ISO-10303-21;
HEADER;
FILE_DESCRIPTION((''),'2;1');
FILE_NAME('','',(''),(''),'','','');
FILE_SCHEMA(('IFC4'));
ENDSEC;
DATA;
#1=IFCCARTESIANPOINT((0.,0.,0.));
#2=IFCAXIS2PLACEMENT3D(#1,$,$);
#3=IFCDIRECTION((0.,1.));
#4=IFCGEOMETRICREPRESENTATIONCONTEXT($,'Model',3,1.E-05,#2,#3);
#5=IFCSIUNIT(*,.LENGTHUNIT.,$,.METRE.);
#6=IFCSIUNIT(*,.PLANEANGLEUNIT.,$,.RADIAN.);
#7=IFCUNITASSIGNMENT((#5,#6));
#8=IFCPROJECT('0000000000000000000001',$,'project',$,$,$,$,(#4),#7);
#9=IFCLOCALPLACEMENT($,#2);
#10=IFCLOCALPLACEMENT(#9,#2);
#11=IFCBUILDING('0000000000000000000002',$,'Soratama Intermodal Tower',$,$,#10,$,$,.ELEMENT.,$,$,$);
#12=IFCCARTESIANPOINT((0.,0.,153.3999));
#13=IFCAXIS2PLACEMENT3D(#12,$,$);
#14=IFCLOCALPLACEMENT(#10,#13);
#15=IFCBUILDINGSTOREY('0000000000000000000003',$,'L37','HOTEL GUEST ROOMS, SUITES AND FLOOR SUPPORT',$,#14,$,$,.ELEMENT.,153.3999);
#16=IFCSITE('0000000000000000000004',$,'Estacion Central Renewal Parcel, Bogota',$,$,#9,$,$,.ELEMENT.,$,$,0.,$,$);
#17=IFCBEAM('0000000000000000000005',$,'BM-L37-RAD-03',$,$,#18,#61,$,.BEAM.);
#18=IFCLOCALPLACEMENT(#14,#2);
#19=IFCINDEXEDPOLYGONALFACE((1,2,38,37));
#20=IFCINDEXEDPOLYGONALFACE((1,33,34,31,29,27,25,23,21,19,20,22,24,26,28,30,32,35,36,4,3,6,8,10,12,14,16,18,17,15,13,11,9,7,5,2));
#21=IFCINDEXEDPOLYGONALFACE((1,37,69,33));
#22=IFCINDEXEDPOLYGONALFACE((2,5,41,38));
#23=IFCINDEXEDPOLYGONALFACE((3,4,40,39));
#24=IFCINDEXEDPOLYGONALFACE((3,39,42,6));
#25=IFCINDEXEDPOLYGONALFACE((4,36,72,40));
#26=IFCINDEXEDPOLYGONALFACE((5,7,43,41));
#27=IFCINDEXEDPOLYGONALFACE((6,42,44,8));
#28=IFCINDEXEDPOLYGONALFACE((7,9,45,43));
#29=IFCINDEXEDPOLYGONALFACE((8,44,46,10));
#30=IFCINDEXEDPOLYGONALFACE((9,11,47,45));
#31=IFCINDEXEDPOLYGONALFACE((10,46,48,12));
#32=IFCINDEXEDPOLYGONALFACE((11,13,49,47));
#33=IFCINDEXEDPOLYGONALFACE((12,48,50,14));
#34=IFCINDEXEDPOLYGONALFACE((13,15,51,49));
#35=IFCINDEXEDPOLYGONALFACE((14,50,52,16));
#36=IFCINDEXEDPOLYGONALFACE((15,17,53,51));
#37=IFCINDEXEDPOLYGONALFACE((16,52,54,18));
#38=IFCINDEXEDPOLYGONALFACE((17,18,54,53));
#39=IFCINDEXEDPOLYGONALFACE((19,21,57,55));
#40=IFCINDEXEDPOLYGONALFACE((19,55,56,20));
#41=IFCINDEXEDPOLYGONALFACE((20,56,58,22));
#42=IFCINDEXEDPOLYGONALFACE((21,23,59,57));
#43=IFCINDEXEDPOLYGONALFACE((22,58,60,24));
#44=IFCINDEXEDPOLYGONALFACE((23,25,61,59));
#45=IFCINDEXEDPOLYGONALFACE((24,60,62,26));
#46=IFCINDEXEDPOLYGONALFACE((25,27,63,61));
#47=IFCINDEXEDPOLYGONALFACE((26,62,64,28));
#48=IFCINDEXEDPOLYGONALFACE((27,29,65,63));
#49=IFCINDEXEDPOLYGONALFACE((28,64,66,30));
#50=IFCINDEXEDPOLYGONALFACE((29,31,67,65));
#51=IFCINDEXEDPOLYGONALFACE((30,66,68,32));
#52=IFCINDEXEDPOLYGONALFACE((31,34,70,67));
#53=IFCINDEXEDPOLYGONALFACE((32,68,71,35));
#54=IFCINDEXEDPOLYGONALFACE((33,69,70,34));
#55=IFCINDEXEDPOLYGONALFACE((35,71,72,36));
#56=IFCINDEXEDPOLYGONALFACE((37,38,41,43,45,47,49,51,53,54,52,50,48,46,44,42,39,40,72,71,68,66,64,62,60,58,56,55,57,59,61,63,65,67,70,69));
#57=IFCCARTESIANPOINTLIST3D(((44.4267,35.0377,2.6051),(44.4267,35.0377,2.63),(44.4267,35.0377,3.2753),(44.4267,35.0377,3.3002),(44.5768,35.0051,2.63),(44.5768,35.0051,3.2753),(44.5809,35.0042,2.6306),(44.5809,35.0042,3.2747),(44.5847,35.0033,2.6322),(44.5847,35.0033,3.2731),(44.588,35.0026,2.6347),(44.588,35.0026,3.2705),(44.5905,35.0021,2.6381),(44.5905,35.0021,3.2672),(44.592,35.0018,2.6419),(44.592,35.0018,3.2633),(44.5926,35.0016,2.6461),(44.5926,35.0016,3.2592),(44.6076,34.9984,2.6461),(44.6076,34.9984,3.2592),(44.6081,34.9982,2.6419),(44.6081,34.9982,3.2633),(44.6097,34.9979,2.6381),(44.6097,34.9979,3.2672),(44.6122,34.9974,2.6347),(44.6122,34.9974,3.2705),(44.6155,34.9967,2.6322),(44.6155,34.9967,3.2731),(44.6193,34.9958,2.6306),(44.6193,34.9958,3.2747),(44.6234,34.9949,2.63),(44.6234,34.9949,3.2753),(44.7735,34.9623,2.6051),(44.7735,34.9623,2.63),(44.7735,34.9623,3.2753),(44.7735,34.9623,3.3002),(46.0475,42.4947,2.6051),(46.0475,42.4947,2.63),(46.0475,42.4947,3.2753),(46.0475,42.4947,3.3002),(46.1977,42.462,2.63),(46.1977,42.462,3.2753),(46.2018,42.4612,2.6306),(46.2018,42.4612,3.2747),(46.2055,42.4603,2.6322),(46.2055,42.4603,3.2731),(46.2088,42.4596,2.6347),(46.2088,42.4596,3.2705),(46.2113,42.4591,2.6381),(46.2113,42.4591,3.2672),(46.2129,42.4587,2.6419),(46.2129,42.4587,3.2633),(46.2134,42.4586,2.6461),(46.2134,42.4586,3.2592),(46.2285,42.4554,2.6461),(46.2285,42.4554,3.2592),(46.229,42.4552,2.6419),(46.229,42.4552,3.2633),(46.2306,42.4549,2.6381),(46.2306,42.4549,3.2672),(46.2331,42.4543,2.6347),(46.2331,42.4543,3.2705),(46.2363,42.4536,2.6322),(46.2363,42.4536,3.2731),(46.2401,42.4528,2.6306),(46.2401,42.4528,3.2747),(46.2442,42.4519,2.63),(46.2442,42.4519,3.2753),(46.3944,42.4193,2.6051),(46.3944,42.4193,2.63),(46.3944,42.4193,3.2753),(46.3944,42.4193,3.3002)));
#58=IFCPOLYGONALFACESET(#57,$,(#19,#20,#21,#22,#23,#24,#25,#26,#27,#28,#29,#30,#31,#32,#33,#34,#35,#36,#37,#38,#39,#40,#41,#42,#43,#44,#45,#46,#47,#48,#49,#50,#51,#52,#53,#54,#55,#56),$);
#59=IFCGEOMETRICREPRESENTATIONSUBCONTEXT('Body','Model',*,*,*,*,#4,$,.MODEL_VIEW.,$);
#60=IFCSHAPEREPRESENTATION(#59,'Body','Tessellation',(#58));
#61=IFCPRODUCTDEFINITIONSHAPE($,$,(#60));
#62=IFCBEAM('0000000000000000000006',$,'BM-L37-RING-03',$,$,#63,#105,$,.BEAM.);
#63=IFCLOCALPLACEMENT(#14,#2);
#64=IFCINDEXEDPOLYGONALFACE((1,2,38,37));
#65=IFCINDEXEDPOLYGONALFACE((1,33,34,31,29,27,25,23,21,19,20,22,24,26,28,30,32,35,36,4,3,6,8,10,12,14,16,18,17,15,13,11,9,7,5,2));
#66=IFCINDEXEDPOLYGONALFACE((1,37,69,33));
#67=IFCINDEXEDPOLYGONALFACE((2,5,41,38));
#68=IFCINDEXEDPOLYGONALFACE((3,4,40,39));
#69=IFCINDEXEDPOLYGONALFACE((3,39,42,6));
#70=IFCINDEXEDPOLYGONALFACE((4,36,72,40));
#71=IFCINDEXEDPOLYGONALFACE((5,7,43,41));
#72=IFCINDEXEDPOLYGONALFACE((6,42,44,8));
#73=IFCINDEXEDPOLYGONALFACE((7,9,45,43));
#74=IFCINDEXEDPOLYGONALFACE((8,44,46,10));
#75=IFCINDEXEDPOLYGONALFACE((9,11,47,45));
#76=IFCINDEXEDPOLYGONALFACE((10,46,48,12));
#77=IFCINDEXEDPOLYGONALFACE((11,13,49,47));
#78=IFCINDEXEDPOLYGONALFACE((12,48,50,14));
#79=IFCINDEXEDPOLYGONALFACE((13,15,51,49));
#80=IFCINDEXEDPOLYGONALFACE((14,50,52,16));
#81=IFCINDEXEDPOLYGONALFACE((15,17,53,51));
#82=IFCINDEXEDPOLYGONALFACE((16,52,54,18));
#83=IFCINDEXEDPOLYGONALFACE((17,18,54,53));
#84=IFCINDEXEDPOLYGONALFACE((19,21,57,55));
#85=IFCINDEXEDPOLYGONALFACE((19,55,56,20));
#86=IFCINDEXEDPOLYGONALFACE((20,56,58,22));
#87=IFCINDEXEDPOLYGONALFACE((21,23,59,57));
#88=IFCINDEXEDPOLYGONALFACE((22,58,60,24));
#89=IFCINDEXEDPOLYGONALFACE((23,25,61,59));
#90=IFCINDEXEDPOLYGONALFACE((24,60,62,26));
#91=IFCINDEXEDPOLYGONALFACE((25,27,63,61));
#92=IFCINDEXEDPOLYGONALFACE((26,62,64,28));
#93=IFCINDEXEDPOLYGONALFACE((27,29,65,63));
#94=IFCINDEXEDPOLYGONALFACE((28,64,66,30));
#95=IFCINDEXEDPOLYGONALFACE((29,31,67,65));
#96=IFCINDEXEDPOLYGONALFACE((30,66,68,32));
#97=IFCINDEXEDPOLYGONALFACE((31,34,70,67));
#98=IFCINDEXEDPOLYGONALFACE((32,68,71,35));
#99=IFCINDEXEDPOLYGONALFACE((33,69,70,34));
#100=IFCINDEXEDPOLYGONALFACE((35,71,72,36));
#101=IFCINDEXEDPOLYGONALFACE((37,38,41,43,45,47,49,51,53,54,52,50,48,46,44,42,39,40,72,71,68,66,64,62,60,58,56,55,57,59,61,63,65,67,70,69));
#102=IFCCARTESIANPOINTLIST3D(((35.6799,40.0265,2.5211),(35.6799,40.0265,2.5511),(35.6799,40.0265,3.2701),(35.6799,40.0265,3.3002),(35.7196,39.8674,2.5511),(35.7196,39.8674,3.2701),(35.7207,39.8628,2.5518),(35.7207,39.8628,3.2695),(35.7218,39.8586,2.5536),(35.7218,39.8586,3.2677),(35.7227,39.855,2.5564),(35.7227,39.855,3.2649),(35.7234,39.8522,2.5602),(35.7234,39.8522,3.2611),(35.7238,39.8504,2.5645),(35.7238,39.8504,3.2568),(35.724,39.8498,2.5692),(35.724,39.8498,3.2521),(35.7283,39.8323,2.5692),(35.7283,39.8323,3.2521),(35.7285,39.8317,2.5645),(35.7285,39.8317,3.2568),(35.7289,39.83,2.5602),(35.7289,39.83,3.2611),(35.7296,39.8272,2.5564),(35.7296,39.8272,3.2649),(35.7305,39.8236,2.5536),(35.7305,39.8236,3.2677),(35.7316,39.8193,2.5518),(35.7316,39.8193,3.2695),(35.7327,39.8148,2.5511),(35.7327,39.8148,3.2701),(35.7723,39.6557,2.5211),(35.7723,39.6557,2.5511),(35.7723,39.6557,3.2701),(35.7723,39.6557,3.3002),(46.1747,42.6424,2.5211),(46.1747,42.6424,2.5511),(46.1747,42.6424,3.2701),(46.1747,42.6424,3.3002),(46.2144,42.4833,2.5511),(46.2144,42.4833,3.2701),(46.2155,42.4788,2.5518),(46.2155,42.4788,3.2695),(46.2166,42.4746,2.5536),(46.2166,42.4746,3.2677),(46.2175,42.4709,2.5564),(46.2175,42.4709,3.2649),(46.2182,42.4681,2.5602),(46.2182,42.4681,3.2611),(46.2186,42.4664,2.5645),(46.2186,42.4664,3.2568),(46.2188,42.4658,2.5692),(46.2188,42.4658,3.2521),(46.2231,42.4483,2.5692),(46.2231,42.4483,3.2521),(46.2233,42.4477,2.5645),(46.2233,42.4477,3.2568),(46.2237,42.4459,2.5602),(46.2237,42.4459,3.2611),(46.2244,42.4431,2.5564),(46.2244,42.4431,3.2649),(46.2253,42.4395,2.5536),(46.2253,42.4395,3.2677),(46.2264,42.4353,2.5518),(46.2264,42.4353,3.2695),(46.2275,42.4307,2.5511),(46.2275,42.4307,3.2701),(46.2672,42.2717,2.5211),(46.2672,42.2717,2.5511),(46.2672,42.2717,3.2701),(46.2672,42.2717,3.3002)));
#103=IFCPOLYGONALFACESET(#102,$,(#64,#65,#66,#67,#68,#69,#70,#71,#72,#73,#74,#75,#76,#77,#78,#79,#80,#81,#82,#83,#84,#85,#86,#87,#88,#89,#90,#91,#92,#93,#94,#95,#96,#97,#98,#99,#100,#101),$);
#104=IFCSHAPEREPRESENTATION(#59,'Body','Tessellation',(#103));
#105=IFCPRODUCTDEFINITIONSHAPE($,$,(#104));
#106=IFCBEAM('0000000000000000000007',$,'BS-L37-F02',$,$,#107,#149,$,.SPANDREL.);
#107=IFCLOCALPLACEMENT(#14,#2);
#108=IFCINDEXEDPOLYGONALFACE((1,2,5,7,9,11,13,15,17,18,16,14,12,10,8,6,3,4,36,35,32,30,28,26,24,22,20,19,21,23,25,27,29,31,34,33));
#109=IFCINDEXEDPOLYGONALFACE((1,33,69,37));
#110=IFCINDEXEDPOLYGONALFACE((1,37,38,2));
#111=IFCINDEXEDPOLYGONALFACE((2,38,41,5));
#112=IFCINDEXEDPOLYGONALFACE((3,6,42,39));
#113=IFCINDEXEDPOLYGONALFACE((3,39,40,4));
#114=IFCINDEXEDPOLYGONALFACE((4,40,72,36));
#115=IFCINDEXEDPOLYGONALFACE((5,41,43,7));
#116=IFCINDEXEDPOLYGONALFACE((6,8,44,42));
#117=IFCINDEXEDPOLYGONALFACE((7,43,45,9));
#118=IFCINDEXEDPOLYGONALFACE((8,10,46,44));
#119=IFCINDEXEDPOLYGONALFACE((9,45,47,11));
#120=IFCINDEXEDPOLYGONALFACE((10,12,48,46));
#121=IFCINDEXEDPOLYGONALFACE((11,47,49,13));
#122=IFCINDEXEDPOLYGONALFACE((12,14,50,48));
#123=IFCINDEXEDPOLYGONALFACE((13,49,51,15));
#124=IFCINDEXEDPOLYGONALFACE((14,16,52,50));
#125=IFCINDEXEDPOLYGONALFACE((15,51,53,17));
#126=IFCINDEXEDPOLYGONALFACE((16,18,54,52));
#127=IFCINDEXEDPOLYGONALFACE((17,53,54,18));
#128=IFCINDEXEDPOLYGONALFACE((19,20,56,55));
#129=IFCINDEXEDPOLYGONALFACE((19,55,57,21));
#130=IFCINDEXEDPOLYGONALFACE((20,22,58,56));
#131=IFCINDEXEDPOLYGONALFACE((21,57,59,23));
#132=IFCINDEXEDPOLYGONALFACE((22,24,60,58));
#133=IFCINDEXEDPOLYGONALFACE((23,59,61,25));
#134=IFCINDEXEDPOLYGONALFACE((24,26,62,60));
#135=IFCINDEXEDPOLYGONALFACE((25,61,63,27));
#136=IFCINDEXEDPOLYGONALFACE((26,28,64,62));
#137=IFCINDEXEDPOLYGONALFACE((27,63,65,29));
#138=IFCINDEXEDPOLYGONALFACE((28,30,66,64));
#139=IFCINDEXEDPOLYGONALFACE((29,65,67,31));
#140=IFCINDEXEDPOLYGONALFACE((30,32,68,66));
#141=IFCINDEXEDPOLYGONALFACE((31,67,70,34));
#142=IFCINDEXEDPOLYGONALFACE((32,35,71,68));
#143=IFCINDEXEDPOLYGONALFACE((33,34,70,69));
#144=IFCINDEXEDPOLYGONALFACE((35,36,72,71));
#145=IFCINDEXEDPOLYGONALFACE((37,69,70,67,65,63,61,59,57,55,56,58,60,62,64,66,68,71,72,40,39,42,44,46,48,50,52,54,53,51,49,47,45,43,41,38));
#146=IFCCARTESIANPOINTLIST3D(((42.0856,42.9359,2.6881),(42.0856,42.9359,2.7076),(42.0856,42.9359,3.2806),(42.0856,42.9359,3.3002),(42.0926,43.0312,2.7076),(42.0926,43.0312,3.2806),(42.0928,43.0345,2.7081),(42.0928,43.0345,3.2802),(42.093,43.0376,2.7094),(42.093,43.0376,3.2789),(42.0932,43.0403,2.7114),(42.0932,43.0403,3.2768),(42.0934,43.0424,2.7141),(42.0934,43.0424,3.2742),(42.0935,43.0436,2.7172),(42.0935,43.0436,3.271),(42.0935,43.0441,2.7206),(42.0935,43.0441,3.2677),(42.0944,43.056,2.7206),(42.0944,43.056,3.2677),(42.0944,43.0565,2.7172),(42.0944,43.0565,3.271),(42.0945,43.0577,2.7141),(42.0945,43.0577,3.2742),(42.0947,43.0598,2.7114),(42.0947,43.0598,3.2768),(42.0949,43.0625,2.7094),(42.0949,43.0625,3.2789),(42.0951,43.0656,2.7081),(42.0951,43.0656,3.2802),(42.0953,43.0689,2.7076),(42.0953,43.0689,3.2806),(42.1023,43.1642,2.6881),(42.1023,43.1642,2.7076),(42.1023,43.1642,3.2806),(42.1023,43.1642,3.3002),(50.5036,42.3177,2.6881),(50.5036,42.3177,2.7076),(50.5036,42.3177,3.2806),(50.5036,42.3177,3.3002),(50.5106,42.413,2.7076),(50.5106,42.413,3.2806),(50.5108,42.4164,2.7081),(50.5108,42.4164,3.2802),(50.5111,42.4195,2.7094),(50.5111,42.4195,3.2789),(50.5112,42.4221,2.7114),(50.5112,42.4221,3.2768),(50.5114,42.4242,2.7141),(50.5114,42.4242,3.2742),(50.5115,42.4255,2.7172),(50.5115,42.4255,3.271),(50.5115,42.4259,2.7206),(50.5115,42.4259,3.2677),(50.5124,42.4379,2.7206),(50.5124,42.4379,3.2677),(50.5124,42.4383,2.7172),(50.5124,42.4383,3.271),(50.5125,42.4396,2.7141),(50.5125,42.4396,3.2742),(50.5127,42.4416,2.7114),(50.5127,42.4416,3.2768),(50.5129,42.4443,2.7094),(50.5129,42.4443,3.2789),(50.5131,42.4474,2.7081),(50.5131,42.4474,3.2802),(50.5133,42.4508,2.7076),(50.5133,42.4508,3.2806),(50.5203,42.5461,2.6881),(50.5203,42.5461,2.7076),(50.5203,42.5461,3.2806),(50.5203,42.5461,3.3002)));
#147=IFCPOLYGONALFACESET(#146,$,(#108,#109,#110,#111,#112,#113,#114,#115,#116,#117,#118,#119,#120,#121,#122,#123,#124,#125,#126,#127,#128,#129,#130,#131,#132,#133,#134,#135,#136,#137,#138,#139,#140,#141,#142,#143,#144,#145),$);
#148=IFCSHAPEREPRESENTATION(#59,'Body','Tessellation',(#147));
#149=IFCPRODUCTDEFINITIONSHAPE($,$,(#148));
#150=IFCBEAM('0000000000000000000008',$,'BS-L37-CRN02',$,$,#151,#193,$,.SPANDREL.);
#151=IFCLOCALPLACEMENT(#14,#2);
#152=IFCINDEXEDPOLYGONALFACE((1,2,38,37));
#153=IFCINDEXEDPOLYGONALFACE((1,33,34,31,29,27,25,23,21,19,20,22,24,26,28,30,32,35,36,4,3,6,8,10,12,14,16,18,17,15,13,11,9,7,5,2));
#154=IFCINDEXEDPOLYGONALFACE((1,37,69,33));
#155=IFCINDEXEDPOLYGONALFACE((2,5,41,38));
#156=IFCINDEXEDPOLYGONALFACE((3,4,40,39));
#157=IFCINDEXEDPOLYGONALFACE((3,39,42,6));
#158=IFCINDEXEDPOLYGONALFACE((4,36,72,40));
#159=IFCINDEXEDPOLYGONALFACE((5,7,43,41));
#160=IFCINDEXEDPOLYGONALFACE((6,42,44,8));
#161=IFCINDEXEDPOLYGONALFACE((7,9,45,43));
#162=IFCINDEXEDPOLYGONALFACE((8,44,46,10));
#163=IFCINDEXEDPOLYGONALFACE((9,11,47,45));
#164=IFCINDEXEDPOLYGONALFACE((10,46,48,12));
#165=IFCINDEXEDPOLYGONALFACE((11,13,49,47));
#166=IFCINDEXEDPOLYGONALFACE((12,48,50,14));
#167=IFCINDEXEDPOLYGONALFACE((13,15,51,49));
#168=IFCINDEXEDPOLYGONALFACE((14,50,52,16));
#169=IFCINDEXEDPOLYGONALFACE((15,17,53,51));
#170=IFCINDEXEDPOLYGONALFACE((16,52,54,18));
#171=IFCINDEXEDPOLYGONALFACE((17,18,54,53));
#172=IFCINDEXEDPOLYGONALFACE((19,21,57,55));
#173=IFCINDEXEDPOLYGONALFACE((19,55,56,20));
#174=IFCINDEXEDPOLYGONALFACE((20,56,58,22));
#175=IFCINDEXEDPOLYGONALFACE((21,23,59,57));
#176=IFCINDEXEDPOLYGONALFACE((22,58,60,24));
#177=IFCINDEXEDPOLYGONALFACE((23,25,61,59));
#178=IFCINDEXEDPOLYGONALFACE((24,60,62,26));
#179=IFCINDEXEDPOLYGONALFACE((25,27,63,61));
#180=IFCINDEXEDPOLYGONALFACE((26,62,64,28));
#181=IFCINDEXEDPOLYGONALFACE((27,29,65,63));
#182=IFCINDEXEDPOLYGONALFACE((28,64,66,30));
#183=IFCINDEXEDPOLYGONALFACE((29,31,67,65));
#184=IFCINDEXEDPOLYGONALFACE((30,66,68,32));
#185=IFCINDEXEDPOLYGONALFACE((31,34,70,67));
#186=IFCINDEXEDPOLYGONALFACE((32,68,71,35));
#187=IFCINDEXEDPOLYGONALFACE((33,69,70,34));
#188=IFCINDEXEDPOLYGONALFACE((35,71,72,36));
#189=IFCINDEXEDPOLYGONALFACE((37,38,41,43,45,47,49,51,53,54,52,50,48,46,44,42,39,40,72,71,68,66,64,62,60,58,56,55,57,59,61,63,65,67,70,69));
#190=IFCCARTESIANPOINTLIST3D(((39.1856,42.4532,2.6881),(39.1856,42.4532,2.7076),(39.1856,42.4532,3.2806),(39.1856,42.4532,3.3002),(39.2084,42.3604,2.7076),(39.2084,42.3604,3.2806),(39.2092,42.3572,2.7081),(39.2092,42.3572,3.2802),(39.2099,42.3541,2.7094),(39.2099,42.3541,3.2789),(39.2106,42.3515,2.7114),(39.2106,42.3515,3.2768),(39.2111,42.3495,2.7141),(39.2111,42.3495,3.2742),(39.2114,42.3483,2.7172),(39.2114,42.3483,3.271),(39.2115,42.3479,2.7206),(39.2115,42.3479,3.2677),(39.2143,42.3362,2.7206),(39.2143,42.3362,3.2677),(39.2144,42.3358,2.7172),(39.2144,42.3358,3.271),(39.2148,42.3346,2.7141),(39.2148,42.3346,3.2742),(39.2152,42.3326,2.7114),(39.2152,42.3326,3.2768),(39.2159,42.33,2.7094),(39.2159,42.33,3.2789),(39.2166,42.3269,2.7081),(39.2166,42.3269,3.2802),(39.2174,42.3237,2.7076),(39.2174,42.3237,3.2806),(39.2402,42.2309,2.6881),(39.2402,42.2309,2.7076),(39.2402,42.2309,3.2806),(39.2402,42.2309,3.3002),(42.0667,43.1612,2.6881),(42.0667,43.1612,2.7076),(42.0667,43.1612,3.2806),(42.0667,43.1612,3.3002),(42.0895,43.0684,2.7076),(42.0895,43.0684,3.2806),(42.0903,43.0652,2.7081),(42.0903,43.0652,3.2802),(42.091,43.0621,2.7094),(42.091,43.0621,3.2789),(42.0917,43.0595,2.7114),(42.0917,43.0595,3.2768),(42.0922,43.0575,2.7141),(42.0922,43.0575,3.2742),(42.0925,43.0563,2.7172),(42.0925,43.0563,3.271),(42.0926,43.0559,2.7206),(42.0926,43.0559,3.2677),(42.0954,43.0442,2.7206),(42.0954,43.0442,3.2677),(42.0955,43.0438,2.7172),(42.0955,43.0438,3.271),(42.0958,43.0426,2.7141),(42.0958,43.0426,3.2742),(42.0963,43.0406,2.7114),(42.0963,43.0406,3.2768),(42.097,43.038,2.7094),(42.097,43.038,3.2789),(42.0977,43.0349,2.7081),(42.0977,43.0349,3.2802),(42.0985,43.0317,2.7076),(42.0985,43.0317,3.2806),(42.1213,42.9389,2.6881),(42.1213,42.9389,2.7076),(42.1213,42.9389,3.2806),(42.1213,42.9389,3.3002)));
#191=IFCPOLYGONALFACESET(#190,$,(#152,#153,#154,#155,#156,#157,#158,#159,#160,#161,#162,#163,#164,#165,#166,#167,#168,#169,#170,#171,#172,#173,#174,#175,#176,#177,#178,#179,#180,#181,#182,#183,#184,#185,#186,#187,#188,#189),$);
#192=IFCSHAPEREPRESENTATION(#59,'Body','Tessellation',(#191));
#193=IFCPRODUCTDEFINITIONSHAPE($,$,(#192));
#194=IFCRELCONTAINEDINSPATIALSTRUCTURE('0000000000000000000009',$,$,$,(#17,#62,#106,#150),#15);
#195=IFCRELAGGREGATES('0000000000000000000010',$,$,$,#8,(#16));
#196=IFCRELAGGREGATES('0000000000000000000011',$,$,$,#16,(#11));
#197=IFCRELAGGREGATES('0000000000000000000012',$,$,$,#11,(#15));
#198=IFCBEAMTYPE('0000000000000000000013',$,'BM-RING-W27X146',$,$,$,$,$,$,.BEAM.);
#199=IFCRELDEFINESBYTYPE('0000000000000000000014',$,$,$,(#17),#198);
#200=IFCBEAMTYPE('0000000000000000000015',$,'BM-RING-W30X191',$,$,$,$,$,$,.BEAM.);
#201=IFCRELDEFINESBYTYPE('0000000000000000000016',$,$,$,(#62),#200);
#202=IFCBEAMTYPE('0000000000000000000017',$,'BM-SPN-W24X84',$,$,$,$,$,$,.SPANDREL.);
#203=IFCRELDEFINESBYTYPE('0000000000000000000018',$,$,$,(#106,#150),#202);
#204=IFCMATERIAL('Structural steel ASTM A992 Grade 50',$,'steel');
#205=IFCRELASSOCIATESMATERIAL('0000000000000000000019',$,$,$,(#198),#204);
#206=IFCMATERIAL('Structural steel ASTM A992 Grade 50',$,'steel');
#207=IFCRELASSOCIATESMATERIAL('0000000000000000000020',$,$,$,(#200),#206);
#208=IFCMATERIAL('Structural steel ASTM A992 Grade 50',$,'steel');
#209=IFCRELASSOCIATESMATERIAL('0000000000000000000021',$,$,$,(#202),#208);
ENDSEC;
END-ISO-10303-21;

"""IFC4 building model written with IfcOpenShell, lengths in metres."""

from ifc_helpers import new_model, si_unit, direction, frame, origin, origin_2d, place, context, subcontext, project, spatial, i_section, extrude, material, material_profile, profile_set, type_object, element, save


model = new_model("IFC4")

# Units and contexts
model_context = context("Model", 3, precision=1e-05, world=origin(), true_north=direction((0.0, 1.0)))
body_context = subcontext(model_context, "Body", "Model", "MODEL_VIEW")
ifc_project = project(units=[si_unit("LENGTHUNIT", "METRE"), si_unit("PLANEANGLEUNIT", "RADIAN")], contexts=[model_context])

# Site, building, storey
site_placement = place(None, origin())
site = spatial("IfcSite", under=ifc_project, at=site_placement, Name="Estacion Central Renewal Parcel, Bogota", CompositionType="ELEMENT", RefElevation=0.0)
building_placement = place(site_placement, origin())
building = spatial("IfcBuilding", under=site, at=building_placement, Name="Soratama Intermodal Tower", CompositionType="ELEMENT")
storey_placement = place(building_placement, frame((0.0, 0.0, 153.3999)))
storey = spatial("IfcBuildingStorey", under=building, at=storey_placement, Name="L37", Description="HOTEL GUEST ROOMS, SUITES AND FLOOR SUPPORT", CompositionType="ELEMENT", Elevation=153.3999)

# Beams
ifc_material_1 = material(Name="Structural steel ASTM A992 Grade 50", Category="steel")
ifc_material_profile_1 = material_profile(ifc_material_1, i_section(OverallWidth=0.355, OverallDepth=0.6951, WebThickness=0.0154, FlangeThickness=0.0249, FilletRadius=0.0161, at=origin_2d()), Name="W27X146")
ifc_profile_set_1 = profile_set([ifc_material_profile_1], Name="Structural steel ASTM A992 Grade 50")
beam_type_1 = type_object("IfcBeamType", Name="BM-RING-W27X146", PredefinedType="BEAM", material=ifc_profile_set_1)
beam_1_placement = place(storey_placement, frame((44.6001, 35.0, 2.9526), z_axis=(0.212399, 0.977183, 0.0), x_axis=(-0.977183, 0.212399, 0.0)))
element("IfcBeam", 1, at=beam_1_placement, inside=storey, type_object=beam_type_1, Name="BM-L37-RAD-03", PredefinedType="BEAM", context=body_context, shape_type="SweptSolid", body=[
    extrude(i_section(OverallWidth=0.355, OverallDepth=0.6951, WebThickness=0.0154, FlangeThickness=0.0249, FilletRadius=0.0161, at=origin_2d()), origin(), (0.0, 0.0, 1.0), 7.6311),
])
ifc_material_2 = material(Name="Structural steel ASTM A992 Grade 50", Category="steel")
ifc_material_profile_2 = material_profile(ifc_material_2, i_section(OverallWidth=0.3821, OverallDepth=0.7791, WebThickness=0.0181, FlangeThickness=0.03, FilletRadius=0.0181, at=origin_2d()), Name="W30X191")
ifc_profile_set_2 = profile_set([ifc_material_profile_2], Name="Structural steel ASTM A992 Grade 50")
beam_type_2 = type_object("IfcBeamType", Name="BM-RING-W30X191", PredefinedType="BEAM", material=ifc_profile_set_2)
beam_2_placement = place(storey_placement, frame((46.2209, 42.457, 2.9106), z_axis=(-0.970311, -0.241861, 0.0), x_axis=(0.241861, -0.970311, 0.0)))
element("IfcBeam", 2, at=beam_2_placement, inside=storey, type_object=beam_type_2, Name="BM-L37-RING-03", PredefinedType="BEAM", context=body_context, shape_type="SweptSolid", body=[
    extrude(i_section(OverallWidth=0.3821, OverallDepth=0.7791, WebThickness=0.0181, FlangeThickness=0.03, FilletRadius=0.0181, at=origin_2d()), origin(), (0.0, 0.0, 1.0), 10.8159),
])
ifc_material_3 = material(Name="Structural steel ASTM A992 Grade 50", Category="steel")
ifc_material_profile_3 = material_profile(ifc_material_3, i_section(OverallWidth=0.229, OverallDepth=0.6121, WebThickness=0.012, FlangeThickness=0.0195, FilletRadius=0.0129, at=origin_2d()), Name="W24X84")
ifc_profile_set_3 = profile_set([ifc_material_profile_3], Name="Structural steel ASTM A992 Grade 50")
beam_type_3 = type_object("IfcBeamType", Name="BM-SPN-W24X84", PredefinedType="SPANDREL", material=ifc_profile_set_3)
beam_3_placement = place(storey_placement, frame((50.512, 42.4319, 2.9941), z_axis=(-0.997315, 0.073237, 0.0), x_axis=(-0.073237, -0.997315, 0.0)))
element("IfcBeam", 3, at=beam_3_placement, inside=storey, type_object=beam_type_3, Name="BS-L37-F02", PredefinedType="SPANDREL", context=body_context, shape_type="SweptSolid", body=[
    extrude(i_section(OverallWidth=0.229, OverallDepth=0.6121, WebThickness=0.012, FlangeThickness=0.0195, FilletRadius=0.0129, at=origin_2d()), origin(), (0.0, 0.0, 1.0), 8.4407),
])
beam_4_placement = place(storey_placement, frame((42.094, 43.05, 2.9941), z_axis=(-0.971108, -0.238642, 0.0), x_axis=(0.238642, -0.971108, 0.0)))
element("IfcBeam", 4, at=beam_4_placement, inside=storey, type_object=beam_type_3, Name="BS-L37-CRN02", PredefinedType="SPANDREL", context=body_context, shape_type="SweptSolid", body=[
    extrude(i_section(OverallWidth=0.229, OverallDepth=0.6121, WebThickness=0.012, FlangeThickness=0.0195, FilletRadius=0.0129, at=origin_2d()), origin(), (0.0, 0.0, 1.0), 2.9668),
])

save(model, "model.ifc")
